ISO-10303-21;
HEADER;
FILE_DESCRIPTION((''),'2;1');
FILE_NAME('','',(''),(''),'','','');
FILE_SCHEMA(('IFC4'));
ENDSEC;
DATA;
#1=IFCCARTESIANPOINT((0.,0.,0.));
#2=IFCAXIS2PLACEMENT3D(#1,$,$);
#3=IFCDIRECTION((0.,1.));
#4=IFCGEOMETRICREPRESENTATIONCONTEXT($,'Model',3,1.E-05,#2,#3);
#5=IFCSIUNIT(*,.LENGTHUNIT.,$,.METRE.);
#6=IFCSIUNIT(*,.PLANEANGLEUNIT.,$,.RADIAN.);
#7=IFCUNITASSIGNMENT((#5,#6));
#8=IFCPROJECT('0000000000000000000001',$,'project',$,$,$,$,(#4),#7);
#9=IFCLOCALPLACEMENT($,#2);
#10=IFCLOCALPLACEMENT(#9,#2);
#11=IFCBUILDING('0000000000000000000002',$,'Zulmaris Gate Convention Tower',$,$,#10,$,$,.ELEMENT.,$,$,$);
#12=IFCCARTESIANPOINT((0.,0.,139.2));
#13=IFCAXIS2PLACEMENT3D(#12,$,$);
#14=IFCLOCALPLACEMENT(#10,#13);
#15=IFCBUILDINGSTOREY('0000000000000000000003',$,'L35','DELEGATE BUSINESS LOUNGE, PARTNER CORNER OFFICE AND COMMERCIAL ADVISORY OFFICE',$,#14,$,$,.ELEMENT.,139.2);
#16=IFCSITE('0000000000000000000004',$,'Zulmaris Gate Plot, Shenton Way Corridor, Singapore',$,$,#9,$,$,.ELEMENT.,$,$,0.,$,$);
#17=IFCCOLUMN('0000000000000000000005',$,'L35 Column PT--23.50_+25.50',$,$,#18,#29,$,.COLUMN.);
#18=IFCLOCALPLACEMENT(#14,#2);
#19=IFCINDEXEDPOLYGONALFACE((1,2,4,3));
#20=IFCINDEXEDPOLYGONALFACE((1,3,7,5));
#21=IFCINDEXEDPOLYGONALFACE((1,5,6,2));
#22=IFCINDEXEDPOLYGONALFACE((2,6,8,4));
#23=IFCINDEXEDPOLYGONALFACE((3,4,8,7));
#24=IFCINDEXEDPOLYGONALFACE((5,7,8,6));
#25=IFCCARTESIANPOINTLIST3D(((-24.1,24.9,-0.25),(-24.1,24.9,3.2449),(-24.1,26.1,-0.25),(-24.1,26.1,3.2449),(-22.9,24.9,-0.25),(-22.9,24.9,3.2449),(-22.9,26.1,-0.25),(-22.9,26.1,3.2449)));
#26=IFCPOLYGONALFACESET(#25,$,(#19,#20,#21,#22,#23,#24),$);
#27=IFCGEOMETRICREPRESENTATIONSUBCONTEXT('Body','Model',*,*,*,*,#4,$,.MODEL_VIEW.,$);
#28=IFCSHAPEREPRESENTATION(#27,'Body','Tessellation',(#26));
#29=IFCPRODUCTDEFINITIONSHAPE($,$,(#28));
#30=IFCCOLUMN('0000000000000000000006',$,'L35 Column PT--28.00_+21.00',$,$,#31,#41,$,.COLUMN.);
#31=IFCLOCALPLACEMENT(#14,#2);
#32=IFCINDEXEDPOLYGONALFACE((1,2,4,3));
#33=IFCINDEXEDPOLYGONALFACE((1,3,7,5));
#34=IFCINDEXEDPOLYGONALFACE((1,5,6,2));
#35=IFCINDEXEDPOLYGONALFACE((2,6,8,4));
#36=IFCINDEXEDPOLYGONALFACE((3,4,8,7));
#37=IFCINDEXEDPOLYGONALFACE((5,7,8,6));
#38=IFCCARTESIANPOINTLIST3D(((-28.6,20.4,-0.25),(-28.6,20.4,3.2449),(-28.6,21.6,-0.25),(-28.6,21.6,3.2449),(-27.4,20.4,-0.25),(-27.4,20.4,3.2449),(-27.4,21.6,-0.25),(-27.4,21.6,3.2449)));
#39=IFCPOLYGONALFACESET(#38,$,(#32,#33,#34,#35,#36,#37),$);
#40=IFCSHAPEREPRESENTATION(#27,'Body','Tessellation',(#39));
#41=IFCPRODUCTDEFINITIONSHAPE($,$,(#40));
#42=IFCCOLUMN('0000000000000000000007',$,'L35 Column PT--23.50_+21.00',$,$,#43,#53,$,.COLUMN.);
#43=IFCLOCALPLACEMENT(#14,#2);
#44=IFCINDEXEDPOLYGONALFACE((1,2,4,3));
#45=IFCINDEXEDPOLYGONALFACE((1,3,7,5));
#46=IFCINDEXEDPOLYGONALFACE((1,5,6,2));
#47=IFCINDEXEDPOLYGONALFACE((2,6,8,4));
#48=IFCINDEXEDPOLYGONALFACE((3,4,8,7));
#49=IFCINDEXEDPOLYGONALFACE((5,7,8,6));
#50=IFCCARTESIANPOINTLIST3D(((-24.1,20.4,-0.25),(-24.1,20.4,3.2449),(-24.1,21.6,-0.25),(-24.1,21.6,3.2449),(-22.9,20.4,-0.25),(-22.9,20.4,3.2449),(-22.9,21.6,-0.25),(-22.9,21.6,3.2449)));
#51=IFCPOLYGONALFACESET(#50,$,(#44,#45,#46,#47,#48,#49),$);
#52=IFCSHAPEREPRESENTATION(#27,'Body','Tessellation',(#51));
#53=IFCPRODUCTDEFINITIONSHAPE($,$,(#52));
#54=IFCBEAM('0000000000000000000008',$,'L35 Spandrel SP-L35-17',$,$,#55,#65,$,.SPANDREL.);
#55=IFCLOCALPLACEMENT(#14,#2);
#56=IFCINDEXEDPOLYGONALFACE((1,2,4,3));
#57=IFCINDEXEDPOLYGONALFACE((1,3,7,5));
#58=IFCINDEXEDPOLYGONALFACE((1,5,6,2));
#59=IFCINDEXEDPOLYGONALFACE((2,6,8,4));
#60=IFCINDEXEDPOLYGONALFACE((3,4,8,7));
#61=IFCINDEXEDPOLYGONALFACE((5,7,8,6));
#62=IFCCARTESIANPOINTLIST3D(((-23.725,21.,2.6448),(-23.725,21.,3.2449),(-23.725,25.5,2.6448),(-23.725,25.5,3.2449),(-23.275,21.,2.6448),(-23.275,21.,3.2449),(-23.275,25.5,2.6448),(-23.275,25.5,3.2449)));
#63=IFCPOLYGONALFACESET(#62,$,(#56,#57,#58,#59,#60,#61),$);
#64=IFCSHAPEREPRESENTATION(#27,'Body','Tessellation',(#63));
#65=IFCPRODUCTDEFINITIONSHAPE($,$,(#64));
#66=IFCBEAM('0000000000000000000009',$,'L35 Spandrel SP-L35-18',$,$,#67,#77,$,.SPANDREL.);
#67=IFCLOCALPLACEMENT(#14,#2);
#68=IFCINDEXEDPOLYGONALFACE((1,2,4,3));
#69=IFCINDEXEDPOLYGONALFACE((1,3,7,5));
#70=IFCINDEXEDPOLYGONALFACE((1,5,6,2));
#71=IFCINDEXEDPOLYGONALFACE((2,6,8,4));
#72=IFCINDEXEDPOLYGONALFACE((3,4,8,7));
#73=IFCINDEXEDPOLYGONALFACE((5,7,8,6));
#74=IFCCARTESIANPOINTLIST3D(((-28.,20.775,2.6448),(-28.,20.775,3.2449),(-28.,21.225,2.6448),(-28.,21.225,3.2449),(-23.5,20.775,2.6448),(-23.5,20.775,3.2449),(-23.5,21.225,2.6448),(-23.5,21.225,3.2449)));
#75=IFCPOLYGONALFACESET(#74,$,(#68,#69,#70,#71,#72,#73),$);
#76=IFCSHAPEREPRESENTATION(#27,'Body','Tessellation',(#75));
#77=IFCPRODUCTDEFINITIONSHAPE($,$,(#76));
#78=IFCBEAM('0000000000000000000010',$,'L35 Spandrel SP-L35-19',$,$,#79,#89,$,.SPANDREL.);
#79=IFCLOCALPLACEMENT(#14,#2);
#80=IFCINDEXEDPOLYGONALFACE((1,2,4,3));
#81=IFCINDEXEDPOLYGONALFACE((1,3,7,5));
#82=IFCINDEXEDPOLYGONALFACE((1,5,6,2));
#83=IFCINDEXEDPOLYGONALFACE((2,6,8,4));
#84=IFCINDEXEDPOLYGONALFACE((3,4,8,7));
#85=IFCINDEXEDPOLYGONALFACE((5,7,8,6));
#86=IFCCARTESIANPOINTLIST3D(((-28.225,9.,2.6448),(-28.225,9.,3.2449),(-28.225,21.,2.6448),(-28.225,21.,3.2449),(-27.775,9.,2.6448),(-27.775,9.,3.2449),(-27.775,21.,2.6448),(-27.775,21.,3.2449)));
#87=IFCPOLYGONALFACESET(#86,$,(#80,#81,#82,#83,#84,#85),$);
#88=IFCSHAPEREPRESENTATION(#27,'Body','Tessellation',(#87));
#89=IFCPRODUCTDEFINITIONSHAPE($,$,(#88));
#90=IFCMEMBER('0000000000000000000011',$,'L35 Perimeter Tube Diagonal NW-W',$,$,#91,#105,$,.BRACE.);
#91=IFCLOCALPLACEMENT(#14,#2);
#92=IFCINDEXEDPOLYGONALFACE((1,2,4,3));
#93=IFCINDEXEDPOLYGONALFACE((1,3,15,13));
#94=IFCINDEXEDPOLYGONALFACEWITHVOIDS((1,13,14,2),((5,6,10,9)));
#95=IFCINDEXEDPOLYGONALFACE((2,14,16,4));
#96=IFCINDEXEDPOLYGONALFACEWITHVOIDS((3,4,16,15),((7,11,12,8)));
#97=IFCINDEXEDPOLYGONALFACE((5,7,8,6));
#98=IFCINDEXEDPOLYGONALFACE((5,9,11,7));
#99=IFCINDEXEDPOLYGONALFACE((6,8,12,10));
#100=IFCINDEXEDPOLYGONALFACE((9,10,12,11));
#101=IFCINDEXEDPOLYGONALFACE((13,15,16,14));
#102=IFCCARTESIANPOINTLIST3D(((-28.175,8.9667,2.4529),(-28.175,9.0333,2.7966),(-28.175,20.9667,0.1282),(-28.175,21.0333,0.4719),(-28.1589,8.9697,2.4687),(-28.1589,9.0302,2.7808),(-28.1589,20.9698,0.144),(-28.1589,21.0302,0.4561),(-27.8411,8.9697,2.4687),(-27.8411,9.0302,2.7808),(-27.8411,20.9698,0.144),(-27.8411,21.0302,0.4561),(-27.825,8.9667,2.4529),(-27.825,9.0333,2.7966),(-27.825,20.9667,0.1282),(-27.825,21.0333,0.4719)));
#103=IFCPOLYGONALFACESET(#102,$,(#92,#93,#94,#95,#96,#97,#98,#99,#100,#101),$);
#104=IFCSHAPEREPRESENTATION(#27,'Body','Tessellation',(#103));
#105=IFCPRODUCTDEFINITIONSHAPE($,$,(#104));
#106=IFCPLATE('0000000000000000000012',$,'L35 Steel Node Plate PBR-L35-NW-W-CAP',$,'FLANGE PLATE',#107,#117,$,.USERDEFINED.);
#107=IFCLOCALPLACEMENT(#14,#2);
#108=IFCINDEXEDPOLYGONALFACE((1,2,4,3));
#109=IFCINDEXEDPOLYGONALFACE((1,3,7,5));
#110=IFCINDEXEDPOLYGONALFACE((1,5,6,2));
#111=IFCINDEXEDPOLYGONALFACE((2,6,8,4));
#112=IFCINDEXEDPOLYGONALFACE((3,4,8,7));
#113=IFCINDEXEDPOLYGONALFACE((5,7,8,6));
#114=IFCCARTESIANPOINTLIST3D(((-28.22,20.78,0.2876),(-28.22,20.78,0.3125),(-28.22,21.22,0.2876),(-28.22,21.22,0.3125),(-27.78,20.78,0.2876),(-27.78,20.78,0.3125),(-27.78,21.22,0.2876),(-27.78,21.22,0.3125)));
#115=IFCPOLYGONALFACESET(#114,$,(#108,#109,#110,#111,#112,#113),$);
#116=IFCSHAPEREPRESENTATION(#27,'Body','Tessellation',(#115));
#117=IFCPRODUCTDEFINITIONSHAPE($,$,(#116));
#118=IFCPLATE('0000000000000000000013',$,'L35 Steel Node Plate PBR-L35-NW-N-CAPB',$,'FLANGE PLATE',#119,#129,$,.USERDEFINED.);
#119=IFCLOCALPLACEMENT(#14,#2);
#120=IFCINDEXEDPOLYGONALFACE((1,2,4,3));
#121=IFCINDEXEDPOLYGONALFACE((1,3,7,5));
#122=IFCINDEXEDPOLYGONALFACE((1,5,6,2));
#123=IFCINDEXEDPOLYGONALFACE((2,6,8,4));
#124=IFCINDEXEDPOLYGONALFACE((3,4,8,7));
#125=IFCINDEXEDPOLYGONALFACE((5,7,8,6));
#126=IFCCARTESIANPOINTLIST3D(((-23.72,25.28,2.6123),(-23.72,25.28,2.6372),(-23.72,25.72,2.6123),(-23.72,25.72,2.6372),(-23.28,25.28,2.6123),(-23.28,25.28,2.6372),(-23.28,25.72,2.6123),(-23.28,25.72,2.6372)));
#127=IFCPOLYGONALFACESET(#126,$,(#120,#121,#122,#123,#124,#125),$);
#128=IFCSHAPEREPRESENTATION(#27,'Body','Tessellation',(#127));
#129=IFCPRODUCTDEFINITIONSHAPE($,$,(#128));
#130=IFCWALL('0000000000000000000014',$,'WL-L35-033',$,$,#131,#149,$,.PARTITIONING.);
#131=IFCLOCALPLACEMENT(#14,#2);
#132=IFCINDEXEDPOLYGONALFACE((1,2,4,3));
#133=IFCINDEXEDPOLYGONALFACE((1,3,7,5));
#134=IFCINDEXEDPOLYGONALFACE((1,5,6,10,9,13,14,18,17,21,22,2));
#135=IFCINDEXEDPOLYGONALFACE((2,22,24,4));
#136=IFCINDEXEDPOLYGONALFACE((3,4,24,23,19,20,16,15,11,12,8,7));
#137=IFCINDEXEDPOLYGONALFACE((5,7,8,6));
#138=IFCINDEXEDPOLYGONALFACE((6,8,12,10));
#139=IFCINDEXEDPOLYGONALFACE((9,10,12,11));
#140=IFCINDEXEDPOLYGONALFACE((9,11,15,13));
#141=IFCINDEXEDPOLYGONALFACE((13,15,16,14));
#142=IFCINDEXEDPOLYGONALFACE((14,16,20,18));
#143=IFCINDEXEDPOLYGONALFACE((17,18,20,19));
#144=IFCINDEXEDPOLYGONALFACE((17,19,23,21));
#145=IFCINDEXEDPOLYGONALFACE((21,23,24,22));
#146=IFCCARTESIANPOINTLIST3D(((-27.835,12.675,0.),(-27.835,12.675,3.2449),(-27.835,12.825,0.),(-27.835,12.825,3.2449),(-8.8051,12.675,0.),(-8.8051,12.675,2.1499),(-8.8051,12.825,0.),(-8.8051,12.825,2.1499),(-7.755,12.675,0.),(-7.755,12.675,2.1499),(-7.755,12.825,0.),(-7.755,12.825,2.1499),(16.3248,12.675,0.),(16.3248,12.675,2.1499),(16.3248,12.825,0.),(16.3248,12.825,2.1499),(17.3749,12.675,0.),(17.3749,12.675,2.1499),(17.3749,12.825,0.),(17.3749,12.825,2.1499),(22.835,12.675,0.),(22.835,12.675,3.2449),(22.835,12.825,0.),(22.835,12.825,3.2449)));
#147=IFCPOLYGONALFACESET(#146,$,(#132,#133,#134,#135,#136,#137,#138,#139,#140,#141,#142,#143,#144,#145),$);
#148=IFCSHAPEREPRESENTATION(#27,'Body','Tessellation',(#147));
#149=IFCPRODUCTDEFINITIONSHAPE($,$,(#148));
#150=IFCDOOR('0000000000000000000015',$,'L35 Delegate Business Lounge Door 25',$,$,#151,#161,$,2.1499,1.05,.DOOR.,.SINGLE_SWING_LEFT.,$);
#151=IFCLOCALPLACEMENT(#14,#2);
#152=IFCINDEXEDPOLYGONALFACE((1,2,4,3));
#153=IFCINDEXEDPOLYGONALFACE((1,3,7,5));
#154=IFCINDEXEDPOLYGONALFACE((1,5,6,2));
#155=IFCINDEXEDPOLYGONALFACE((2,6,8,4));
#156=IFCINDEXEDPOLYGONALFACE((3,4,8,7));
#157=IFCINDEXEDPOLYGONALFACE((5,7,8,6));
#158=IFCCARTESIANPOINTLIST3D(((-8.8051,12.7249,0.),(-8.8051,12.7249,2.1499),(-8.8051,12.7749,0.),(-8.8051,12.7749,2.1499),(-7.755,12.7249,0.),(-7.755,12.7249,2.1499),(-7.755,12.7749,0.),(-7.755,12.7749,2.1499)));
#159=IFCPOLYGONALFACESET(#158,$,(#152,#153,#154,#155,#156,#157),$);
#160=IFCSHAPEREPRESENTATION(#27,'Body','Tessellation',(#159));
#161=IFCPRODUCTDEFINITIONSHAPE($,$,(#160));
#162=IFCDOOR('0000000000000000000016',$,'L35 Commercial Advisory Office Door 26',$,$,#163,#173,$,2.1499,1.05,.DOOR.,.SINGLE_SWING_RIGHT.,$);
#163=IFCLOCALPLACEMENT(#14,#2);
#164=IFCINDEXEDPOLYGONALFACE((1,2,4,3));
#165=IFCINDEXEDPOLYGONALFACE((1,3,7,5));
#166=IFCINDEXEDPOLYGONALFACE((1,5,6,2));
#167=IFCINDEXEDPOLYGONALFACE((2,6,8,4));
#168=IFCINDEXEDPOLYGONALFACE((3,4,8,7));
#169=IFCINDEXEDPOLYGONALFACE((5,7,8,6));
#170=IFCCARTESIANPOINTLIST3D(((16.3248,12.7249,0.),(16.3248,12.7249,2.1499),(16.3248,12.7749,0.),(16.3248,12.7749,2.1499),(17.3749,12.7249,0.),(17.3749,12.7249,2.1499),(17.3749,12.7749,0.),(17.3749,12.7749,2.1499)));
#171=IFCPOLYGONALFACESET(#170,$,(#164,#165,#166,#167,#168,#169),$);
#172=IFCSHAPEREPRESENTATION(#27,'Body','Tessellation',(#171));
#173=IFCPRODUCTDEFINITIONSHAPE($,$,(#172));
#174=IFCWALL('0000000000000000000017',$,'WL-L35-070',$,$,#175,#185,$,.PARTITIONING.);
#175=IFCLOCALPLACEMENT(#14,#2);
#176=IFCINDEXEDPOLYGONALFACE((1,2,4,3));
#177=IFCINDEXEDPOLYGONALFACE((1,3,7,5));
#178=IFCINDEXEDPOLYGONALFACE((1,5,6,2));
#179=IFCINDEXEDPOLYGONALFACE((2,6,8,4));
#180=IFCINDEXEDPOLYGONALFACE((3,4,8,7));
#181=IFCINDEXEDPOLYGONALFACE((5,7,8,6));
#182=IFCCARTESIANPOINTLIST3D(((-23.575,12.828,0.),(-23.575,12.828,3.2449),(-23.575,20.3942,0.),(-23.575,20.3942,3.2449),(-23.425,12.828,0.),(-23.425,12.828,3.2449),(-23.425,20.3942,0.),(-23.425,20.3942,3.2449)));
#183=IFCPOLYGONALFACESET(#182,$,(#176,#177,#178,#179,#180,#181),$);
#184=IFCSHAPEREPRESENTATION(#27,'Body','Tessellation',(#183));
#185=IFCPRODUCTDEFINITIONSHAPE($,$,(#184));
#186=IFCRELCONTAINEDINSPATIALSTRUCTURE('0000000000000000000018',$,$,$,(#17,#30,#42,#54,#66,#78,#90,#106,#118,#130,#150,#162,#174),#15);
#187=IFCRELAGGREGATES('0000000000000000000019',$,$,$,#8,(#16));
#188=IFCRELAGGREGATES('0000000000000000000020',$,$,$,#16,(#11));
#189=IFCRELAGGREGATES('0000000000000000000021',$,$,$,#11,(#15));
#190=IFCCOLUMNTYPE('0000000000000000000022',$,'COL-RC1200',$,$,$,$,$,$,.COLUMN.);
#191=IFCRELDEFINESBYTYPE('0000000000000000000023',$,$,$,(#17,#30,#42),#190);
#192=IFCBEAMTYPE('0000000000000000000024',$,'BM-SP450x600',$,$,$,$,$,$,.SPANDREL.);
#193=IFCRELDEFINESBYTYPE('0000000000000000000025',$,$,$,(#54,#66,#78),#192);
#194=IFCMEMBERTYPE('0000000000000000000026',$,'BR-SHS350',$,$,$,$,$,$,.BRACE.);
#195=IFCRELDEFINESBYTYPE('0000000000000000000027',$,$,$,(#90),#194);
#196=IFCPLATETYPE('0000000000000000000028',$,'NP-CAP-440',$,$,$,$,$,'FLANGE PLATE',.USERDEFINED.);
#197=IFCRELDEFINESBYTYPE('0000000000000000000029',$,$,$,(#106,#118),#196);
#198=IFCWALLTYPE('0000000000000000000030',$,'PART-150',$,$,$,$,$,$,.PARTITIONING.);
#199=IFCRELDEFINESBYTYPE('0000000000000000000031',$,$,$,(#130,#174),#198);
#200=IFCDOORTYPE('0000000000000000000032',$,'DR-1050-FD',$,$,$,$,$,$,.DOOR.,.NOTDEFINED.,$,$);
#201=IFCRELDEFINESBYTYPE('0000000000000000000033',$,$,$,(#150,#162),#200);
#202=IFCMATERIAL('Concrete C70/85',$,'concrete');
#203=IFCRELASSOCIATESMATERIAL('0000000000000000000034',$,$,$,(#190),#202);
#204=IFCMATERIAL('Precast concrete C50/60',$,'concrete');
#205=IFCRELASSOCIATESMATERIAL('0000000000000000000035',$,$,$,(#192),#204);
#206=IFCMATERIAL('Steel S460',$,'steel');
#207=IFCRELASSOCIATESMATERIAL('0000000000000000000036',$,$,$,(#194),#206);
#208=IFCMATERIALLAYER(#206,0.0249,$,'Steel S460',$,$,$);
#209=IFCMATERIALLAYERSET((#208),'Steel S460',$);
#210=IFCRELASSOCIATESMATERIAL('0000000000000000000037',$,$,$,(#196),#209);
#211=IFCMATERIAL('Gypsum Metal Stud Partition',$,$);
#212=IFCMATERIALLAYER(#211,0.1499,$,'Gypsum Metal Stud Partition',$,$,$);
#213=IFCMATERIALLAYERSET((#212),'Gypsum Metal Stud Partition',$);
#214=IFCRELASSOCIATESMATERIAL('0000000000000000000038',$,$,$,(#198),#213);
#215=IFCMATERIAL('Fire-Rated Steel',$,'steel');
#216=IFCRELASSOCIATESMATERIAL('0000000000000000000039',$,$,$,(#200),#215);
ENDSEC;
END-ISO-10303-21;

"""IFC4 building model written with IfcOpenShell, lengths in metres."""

from ifc_helpers import new_model, si_unit, direction, frame, frame_2d, origin, origin_2d, place, context, subcontext, project, spatial, rectangle, hollow_rectangle, extrude, material, layer, layer_set, material_profile, profile_set, type_object, element, fill, save


model = new_model("IFC4")

# Units and contexts
model_context = context("Model", 3, precision=1e-05, world=origin(), true_north=direction((0.0, 1.0)))
body_context = subcontext(model_context, "Body", "Model", "MODEL_VIEW")
ifc_project = project(units=[si_unit("LENGTHUNIT", "METRE"), si_unit("PLANEANGLEUNIT", "RADIAN")], contexts=[model_context])

# Site, building, storey
site_placement = place(None, origin())
site = spatial("IfcSite", under=ifc_project, at=site_placement, Name="Zulmaris Gate Plot, Shenton Way Corridor, Singapore", CompositionType="ELEMENT", RefElevation=0.0)
building_placement = place(site_placement, origin())
building = spatial("IfcBuilding", under=site, at=building_placement, Name="Zulmaris Gate Convention Tower", CompositionType="ELEMENT")
storey_placement = place(building_placement, frame((0.0, 0.0, 139.2)))
storey = spatial("IfcBuildingStorey", under=building, at=storey_placement, Name="L35", Description="DELEGATE BUSINESS LOUNGE, PARTNER CORNER OFFICE AND COMMERCIAL ADVISORY OFFICE", CompositionType="ELEMENT", Elevation=139.2)

# Columns
ifc_material_1 = material(Name="Concrete C70/85", Category="concrete")
ifc_material_profile_1 = material_profile(ifc_material_1, rectangle(XDim=1.2, YDim=1.2, at=origin_2d()), Name="RC COL 1200x1200")
ifc_profile_set_1 = profile_set([ifc_material_profile_1], Name="Concrete C70/85")
column_type = type_object("IfcColumnType", Name="COL-RC1200", PredefinedType="COLUMN", material=ifc_profile_set_1)
for number, where, z_axis, x_axis, name in (
    (1, (-23.5, 25.5, -0.25), (0.0, 0.0, 1.0), (1.0, 0.0, 0.0), "L35 Column PT--23.50_+25.50"),
    (2, (-28.0, 21.0, -0.25), (0.0, 0.0, 1.0), (1.0, 0.0, 0.0), "L35 Column PT--28.00_+21.00"),
    (3, (-23.5, 21.0, -0.25), (0.0, 0.0, 1.0), (1.0, 0.0, 0.0), "L35 Column PT--23.50_+21.00"),
):
    element("IfcColumn", number, at=place(storey_placement, frame(where, z_axis=z_axis, x_axis=x_axis)), inside=storey, type_object=column_type, Name=name, PredefinedType="COLUMN", context=body_context, shape_type="SweptSolid", body=[
        extrude(rectangle(XDim=1.2, YDim=1.2, at=origin_2d()), origin(), (0.0, 0.0, 1.0), 3.4949),
    ])

# Beams
ifc_material_2 = material(Name="Precast concrete C50/60", Category="concrete")
ifc_material_profile_2 = material_profile(ifc_material_2, rectangle(XDim=0.45, YDim=0.6001, at=origin_2d()), Name="RC SPANDREL 450x600")
ifc_profile_set_2 = profile_set([ifc_material_profile_2], Name="Precast concrete C50/60")
beam_type = type_object("IfcBeamType", Name="BM-SP450x600", PredefinedType="SPANDREL", material=ifc_profile_set_2)
for number, where, z_axis, x_axis, name in (
    (4, (-23.5, 25.5, 2.9448), (0.0, -1.0, 0.0), (1.0, 0.0, 0.0), "L35 Spandrel SP-L35-17"),
    (5, (-23.5, 21.0, 2.9448), (-1.0, 0.0, 0.0), (0.0, -1.0, 0.0), "L35 Spandrel SP-L35-18"),
):
    element("IfcBeam", number, at=place(storey_placement, frame(where, z_axis=z_axis, x_axis=x_axis)), inside=storey, type_object=beam_type, Name=name, PredefinedType="SPANDREL", context=body_context, shape_type="SweptSolid", body=[
        extrude(rectangle(XDim=0.45, YDim=0.6001, at=origin_2d()), origin(), (0.0, 0.0, 1.0), 4.5),
    ])
beam_placement = place(storey_placement, frame((-28.0, 21.0, 2.9448), z_axis=(0.0, -1.0, 0.0), x_axis=(1.0, 0.0, 0.0)))
element("IfcBeam", 6, at=beam_placement, inside=storey, type_object=beam_type, Name="L35 Spandrel SP-L35-19", PredefinedType="SPANDREL", context=body_context, shape_type="SweptSolid", body=[
    extrude(rectangle(XDim=0.45, YDim=0.6001, at=origin_2d()), origin(), (0.0, 0.0, 1.0), 12.0),
])

# Member
ifc_material_3 = material(Name="Steel S460", Category="steel")
ifc_material_profile_3 = material_profile(ifc_material_3, hollow_rectangle(XDim=0.3501, YDim=0.3501, WallThickness=0.0161, at=origin_2d()), Name="SHS 350x350x16")
ifc_profile_set_3 = profile_set([ifc_material_profile_3], Name="Steel S460")
member_type = type_object("IfcMemberType", Name="BR-SHS350", PredefinedType="BRACE", material=ifc_profile_set_3)
member_placement = place(storey_placement, frame((-28.0, 21.0, 0.3), z_axis=(0.0, -0.981747, 0.19019), x_axis=(1.0, 0.0, 0.0)))
element("IfcMember", 7, at=member_placement, inside=storey, type_object=member_type, Name="L35 Perimeter Tube Diagonal NW-W", PredefinedType="BRACE", context=body_context, shape_type="SweptSolid", body=[
    extrude(hollow_rectangle(XDim=0.3501, YDim=0.3501, WallThickness=0.0161, at=origin_2d()), origin(), (0.0, 0.0, 1.0), 12.2231),
])

# Plates
ifc_layer_1 = layer(ifc_material_3, 0.0249, Name="Steel S460")
ifc_layer_set_1 = layer_set([ifc_layer_1], Name="Steel S460")
plate_type = type_object("IfcPlateType", Name="NP-CAP-440", ElementType="FLANGE PLATE", PredefinedType="USERDEFINED", material=ifc_layer_set_1)
for number, where, z_axis, x_axis, name in (
    (8, (-28.0, 21.0, 0.2876), (0.0, 0.0, 1.0), (1.0, 0.0, 0.0), "L35 Steel Node Plate PBR-L35-NW-W-CAP"),
    (9, (-23.5, 25.5, 2.6123), (0.0, 0.0, 1.0), (1.0, 0.0, 0.0), "L35 Steel Node Plate PBR-L35-NW-N-CAPB"),
):
    element("IfcPlate", number, at=place(storey_placement, frame(where, z_axis=z_axis, x_axis=x_axis)), inside=storey, type_object=plate_type, Name=name, ObjectType="FLANGE PLATE", PredefinedType="USERDEFINED", context=body_context, shape_type="SweptSolid", body=[
        extrude(rectangle(XDim=0.4399, YDim=0.4399, at=origin_2d()), origin(), (0.0, 0.0, 1.0), 0.0249),
    ])

# Wall, openings, doors
ifc_material_4 = material(Name="Gypsum Metal Stud Partition")
ifc_layer_2 = layer(ifc_material_4, 0.1499, Name="Gypsum Metal Stud Partition")
ifc_layer_set_2 = layer_set([ifc_layer_2], Name="Gypsum Metal Stud Partition")
wall_type_1 = type_object("IfcWallType", Name="PART-150", PredefinedType="PARTITIONING", material=ifc_layer_set_2)
wall_1_placement = place(storey_placement, frame((-27.835, 12.75, 0.0), z_axis=(0.0, 0.0, 1.0), x_axis=(1.0, 0.0, 0.0)))
wall_1 = element("IfcWall", 10, at=wall_1_placement, inside=storey, type_object=wall_type_1, Name="WL-L35-033", PredefinedType="PARTITIONING", context=body_context, shape_type="SweptSolid", body=[
    extrude(rectangle(XDim=50.6699, YDim=0.1499, at=frame_2d((25.335, 0.0))), origin(), (0.0, 0.0, 1.0), 3.2449),
])
opening_1_placement = place(wall_1_placement, frame((19.03, 0.0, 0.0)))
opening_1 = element("IfcOpeningElement", 11, at=opening_1_placement, cuts=wall_1, PredefinedType="OPENING", context=body_context, shape_type="SweptSolid", body=[
    extrude(rectangle(XDim=1.05, YDim=2.1499, at=frame_2d((0.5249, 1.075))), frame((0.0, 0.085, 0.0), z_axis=(0.0, -1.0, 0.0), x_axis=(1.0, 0.0, 0.0)), (0.0, 0.0, 1.0), 0.1699),
])
opening_2_placement = place(wall_1_placement, frame((44.1599, 0.0, 0.0)))
opening_2 = element("IfcOpeningElement", 12, at=opening_2_placement, cuts=wall_1, PredefinedType="OPENING", context=body_context, shape_type="SweptSolid", body=[
    extrude(rectangle(XDim=1.05, YDim=2.1499, at=frame_2d((0.5249, 1.075))), frame((0.0, 0.085, 0.0), z_axis=(0.0, -1.0, 0.0), x_axis=(1.0, 0.0, 0.0)), (0.0, 0.0, 1.0), 0.1699),
])
ifc_material_5 = material(Name="Fire-Rated Steel", Category="steel")
door_type_1 = type_object("IfcDoorType", Name="DR-1050-FD", OperationType="NOTDEFINED", PredefinedType="DOOR", material=ifc_material_5)
door_1_placement = place(opening_1_placement, origin())
door_1 = element("IfcDoor", 13, at=door_1_placement, inside=storey, type_object=door_type_1, Name="L35 Delegate Business Lounge Door 25", OperationType="SINGLE_SWING_LEFT", OverallHeight=2.1499, OverallWidth=1.05, PredefinedType="DOOR", context=body_context, shape_type="SweptSolid", body=[
    extrude(rectangle(XDim=1.05, YDim=2.1499, at=frame_2d((0.5249, 1.075))), frame((0.0, 0.0249, 0.0), z_axis=(0.0, -1.0, 0.0), x_axis=(1.0, 0.0, 0.0)), (0.0, 0.0, 1.0), 0.05),
])
fill(opening_1, door_1)
door_2_placement = place(opening_2_placement, origin())
door_2 = element("IfcDoor", 14, at=door_2_placement, inside=storey, type_object=door_type_1, Name="L35 Commercial Advisory Office Door 26", OperationType="SINGLE_SWING_RIGHT", OverallHeight=2.1499, OverallWidth=1.05, PredefinedType="DOOR", context=body_context, shape_type="SweptSolid", body=[
    extrude(rectangle(XDim=1.05, YDim=2.1499, at=frame_2d((0.5249, 1.075))), frame((0.0, 0.0249, 0.0), z_axis=(0.0, -1.0, 0.0), x_axis=(1.0, 0.0, 0.0)), (0.0, 0.0, 1.0), 0.05),
])
fill(opening_2, door_2)

# Wall
wall_2_placement = place(storey_placement, frame((-23.5, 12.8279, 0.0), z_axis=(0.0, 0.0, 1.0), x_axis=(0.0, 1.0, 0.0)))
element("IfcWall", 15, at=wall_2_placement, inside=storey, type_object=wall_type_1, Name="WL-L35-070", PredefinedType="PARTITIONING", context=body_context, shape_type="SweptSolid", body=[
    extrude(rectangle(XDim=7.5662, YDim=0.1499, at=frame_2d((3.7832, 0.0))), origin(), (0.0, 0.0, 1.0), 3.2449),
])

save(model, "model.ifc")
